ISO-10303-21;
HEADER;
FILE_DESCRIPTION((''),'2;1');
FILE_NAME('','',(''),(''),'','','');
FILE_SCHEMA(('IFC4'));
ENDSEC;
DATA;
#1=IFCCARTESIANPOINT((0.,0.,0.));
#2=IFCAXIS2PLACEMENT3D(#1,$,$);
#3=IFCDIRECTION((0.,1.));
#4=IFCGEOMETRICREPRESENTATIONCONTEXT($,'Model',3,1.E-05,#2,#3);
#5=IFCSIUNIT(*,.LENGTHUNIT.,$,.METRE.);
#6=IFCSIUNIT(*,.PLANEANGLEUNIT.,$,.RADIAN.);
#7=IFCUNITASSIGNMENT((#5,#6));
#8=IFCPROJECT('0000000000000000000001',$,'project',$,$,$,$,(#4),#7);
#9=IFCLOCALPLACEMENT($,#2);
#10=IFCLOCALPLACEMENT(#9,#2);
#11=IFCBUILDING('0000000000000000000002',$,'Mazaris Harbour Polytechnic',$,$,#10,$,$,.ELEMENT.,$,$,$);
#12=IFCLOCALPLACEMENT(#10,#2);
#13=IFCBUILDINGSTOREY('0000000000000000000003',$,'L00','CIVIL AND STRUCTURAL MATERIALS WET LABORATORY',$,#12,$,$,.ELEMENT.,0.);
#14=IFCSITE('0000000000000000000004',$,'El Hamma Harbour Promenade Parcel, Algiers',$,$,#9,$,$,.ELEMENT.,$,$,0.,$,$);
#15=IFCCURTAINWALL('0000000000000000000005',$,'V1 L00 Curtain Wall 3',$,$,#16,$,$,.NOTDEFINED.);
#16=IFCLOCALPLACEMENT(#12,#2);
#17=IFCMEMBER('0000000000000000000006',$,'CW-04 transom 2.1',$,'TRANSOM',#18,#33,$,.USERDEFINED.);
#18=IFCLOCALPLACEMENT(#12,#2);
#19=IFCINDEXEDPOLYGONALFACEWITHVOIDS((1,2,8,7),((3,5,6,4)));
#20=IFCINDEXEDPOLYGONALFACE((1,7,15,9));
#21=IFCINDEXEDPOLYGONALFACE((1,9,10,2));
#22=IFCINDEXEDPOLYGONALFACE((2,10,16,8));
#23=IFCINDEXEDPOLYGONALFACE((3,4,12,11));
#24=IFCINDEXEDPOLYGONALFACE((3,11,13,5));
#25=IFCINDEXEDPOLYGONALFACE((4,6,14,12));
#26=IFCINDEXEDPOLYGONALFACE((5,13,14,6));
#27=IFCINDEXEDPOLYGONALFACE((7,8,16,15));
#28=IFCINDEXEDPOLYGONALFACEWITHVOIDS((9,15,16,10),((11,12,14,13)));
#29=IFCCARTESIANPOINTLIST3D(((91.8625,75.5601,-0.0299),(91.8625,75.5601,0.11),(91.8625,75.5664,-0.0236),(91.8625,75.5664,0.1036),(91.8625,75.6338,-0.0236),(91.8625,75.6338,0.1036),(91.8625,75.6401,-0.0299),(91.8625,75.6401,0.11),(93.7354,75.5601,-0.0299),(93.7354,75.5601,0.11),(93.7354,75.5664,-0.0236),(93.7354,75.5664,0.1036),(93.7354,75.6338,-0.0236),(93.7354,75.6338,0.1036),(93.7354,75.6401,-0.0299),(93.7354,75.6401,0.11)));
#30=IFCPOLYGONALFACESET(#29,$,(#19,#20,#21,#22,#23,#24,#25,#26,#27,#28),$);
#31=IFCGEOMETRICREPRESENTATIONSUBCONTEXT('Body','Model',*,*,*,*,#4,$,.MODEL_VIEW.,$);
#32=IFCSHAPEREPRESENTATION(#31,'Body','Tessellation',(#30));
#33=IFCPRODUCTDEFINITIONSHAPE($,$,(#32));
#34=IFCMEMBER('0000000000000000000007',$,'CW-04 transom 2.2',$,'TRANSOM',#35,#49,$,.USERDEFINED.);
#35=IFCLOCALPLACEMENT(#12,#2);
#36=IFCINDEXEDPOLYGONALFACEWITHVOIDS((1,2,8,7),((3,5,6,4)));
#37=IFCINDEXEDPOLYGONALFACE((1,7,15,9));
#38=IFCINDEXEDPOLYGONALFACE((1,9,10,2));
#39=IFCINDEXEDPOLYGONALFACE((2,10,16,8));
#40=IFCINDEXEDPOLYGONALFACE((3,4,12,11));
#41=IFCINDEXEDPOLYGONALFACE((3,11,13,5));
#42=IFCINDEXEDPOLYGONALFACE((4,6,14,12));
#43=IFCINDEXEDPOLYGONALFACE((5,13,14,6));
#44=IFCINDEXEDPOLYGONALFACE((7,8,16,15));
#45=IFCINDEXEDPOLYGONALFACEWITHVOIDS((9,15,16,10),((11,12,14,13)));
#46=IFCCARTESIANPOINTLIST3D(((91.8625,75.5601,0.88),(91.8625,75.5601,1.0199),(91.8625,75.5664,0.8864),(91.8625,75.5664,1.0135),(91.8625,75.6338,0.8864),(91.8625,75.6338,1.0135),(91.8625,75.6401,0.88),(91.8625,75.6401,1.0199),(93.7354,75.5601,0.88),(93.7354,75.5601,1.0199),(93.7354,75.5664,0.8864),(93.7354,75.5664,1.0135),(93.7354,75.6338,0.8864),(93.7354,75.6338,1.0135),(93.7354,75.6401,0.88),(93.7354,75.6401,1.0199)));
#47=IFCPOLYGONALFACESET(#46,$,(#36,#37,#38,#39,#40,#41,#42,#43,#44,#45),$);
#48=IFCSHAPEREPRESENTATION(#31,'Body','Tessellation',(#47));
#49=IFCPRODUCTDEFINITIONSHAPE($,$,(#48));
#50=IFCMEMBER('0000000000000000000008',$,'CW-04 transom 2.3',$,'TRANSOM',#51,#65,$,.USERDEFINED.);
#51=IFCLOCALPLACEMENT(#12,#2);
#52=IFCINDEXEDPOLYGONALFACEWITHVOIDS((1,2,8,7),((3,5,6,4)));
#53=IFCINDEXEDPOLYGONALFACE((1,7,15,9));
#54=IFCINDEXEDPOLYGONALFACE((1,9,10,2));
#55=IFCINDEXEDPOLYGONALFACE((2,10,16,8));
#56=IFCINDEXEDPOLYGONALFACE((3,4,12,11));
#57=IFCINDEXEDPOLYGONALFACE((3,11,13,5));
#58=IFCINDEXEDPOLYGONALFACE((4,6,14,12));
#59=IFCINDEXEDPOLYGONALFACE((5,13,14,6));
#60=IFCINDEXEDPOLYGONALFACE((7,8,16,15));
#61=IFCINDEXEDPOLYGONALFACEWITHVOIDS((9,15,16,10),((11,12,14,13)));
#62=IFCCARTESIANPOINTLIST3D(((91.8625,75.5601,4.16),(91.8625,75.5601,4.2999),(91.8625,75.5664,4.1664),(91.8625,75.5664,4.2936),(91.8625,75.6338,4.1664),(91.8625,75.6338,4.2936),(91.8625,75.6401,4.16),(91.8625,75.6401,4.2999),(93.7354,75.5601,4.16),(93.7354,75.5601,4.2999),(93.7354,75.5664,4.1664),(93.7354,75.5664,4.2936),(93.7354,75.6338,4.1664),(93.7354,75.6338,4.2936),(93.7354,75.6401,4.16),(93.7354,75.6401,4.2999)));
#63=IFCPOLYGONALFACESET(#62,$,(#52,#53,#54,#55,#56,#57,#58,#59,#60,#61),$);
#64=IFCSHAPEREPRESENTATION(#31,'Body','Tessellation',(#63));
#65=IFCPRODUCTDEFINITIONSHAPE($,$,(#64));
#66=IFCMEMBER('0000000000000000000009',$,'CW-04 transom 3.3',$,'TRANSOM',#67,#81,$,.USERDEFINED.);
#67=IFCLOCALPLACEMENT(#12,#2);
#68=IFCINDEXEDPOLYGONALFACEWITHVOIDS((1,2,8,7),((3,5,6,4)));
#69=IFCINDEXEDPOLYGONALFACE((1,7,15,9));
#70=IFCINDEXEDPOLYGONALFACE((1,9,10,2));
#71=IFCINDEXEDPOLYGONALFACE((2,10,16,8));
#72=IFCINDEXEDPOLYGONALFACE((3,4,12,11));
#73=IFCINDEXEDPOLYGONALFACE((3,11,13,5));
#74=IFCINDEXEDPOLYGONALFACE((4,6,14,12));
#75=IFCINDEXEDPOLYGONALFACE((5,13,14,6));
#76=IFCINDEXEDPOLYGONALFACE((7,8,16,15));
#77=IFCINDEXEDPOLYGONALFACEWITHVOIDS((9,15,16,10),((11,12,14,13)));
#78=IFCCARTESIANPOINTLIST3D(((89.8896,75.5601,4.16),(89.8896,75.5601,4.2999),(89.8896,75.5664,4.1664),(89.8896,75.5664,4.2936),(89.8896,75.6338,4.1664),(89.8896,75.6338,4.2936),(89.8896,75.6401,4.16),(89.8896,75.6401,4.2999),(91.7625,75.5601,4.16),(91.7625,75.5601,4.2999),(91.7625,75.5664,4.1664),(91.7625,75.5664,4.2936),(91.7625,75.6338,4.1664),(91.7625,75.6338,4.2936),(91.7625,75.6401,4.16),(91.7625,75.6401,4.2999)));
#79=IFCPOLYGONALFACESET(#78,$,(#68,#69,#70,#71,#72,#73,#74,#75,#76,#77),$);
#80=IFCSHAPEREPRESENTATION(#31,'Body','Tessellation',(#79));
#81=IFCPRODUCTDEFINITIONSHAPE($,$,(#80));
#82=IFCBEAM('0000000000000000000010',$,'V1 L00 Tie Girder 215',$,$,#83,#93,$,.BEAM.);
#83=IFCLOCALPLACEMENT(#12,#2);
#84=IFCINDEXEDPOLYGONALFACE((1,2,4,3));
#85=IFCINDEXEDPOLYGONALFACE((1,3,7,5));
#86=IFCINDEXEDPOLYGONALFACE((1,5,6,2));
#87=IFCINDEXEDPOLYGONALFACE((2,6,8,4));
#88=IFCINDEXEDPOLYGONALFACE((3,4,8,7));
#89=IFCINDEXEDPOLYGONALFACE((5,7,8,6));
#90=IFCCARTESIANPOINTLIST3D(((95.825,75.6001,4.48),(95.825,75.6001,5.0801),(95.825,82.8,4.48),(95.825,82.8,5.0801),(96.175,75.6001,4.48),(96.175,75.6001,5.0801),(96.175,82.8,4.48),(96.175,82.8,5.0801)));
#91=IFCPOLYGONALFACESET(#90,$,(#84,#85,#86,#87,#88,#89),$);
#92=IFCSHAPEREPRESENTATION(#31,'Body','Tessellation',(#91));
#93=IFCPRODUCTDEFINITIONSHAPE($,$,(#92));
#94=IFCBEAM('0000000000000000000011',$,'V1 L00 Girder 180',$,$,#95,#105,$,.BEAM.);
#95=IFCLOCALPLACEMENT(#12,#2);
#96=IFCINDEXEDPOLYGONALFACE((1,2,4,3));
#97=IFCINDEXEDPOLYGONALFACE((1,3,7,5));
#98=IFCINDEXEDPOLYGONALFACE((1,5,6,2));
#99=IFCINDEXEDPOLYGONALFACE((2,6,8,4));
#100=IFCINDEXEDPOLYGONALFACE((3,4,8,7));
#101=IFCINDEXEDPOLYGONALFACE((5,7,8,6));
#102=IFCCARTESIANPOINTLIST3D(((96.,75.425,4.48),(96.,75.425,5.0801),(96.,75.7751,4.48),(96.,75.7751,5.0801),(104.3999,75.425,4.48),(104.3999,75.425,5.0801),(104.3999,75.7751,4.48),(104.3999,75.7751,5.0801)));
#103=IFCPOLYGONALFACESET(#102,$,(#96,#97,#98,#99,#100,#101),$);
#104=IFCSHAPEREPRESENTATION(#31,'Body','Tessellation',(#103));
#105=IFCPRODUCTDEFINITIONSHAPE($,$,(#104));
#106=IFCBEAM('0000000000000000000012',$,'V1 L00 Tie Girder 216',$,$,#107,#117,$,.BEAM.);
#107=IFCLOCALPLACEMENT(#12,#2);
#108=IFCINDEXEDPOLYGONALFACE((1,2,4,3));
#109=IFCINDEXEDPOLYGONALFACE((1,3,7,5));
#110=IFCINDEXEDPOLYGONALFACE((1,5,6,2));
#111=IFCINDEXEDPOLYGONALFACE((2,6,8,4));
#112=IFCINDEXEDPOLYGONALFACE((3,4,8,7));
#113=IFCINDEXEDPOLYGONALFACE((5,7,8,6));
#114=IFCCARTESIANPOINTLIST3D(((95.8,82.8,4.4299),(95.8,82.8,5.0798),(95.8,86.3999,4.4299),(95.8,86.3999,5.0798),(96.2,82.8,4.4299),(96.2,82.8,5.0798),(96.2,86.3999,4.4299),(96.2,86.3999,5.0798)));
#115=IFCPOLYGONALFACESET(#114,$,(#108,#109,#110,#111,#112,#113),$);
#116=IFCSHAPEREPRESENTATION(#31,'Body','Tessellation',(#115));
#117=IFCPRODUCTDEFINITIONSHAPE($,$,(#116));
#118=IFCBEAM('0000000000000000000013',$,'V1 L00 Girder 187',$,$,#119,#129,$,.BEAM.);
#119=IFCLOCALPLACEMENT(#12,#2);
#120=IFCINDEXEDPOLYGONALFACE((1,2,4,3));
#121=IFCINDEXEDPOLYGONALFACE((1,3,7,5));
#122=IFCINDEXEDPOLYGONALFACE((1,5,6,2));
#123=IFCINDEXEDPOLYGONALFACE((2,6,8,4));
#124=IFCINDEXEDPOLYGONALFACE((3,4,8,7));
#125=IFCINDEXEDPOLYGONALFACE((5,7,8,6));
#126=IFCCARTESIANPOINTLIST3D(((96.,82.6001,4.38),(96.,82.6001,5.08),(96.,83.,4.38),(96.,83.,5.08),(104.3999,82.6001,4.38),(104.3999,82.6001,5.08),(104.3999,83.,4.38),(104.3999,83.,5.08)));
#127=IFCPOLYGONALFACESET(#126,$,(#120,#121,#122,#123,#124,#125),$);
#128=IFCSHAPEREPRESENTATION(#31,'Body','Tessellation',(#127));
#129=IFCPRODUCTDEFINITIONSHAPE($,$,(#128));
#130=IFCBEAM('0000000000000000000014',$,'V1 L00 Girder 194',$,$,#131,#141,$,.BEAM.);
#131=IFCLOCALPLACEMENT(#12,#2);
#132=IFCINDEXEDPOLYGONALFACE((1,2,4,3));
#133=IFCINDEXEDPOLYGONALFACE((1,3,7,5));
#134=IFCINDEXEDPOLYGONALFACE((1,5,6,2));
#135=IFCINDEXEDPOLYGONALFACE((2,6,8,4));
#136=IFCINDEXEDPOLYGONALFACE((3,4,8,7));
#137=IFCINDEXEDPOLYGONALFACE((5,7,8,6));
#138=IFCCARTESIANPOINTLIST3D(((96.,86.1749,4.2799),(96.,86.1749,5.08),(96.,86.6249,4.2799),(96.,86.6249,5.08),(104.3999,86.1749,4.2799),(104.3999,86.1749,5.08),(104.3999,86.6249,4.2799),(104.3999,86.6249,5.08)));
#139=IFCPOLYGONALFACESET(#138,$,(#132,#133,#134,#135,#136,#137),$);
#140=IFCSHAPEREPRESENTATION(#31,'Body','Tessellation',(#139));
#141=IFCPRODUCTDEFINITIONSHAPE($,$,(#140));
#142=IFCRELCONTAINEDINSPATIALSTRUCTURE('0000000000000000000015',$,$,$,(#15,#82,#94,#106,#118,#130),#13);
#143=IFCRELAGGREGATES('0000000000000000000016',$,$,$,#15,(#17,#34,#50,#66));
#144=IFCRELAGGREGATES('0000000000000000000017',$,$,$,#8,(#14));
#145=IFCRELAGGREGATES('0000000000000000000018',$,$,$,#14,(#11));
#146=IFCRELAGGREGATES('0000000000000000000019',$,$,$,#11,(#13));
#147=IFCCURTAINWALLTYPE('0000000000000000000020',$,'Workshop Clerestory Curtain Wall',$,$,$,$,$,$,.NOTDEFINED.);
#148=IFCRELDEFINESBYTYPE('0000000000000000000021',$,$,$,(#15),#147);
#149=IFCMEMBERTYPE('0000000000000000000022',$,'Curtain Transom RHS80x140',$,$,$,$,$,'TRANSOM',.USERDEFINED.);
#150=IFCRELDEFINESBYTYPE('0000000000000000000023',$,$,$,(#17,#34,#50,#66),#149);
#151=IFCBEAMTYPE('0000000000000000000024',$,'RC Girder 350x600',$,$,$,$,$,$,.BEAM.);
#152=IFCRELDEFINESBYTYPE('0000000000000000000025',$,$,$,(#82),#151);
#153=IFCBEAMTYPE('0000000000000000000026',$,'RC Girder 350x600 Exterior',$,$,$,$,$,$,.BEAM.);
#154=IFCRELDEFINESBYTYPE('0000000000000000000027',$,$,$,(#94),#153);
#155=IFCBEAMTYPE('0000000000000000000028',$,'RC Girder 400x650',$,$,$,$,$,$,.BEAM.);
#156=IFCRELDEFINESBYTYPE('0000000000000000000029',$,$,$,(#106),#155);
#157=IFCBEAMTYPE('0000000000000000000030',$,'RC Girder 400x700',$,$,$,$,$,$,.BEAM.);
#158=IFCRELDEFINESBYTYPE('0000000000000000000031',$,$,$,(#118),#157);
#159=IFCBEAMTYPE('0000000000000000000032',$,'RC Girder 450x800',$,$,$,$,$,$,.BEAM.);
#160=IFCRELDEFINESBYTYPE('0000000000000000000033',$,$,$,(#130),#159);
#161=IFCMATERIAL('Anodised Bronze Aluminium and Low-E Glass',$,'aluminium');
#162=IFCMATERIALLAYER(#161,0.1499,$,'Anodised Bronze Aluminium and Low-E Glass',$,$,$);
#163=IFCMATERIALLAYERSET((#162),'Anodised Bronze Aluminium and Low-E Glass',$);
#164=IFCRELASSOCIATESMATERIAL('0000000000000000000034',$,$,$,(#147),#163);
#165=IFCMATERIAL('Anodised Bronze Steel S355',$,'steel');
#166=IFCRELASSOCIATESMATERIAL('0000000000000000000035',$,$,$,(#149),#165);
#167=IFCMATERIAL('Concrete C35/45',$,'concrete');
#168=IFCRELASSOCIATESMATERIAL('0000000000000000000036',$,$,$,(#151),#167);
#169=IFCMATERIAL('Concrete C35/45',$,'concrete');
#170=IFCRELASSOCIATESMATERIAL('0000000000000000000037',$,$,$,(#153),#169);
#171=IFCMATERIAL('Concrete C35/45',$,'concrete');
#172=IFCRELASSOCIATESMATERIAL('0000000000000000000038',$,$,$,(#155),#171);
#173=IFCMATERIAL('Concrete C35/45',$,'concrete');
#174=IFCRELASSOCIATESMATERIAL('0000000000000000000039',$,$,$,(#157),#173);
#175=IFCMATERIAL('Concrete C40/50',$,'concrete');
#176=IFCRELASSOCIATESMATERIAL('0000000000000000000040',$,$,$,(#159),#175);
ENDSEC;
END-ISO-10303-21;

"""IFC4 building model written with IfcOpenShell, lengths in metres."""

from ifc_helpers import new_model, si_unit, direction, frame, origin, origin_2d, place, context, subcontext, project, spatial, rectangle, hollow_rectangle, extrude, material, layer, layer_set, material_profile, profile_set, type_object, element, aggregate, save


model = new_model("IFC4")

# Units and contexts
model_context = context("Model", 3, precision=1e-05, world=origin(), true_north=direction((0.0, 1.0)))
body_context = subcontext(model_context, "Body", "Model", "MODEL_VIEW")
ifc_project = project(units=[si_unit("LENGTHUNIT", "METRE"), si_unit("PLANEANGLEUNIT", "RADIAN")], contexts=[model_context])

# Site, building, storey
site_placement = place(None, origin())
site = spatial("IfcSite", under=ifc_project, at=site_placement, Name="El Hamma Harbour Promenade Parcel, Algiers", CompositionType="ELEMENT", RefElevation=0.0)
building_placement = place(site_placement, origin())
building = spatial("IfcBuilding", under=site, at=building_placement, Name="Mazaris Harbour Polytechnic", CompositionType="ELEMENT")
storey_placement = place(building_placement, origin())
storey = spatial("IfcBuildingStorey", under=building, at=storey_placement, Name="L00", Description="CIVIL AND STRUCTURAL MATERIALS WET LABORATORY", CompositionType="ELEMENT", Elevation=0.0)

# Curtain wall, members
ifc_material_1 = material(Name="Anodised Bronze Aluminium and Low-E Glass", Category="aluminium")
ifc_layer_1 = layer(ifc_material_1, 0.1499, Name="Anodised Bronze Aluminium and Low-E Glass")
ifc_layer_set_1 = layer_set([ifc_layer_1], Name="Anodised Bronze Aluminium and Low-E Glass")
curtain_wall_type = type_object("IfcCurtainWallType", Name="Workshop Clerestory Curtain Wall", PredefinedType="NOTDEFINED", material=ifc_layer_set_1)
curtain_wall_placement = place(storey_placement, origin())
curtain_wall = element("IfcCurtainWall", 1, at=curtain_wall_placement, inside=storey, type_object=curtain_wall_type, Name="V1 L00 Curtain Wall 3", PredefinedType="NOTDEFINED")
ifc_material_2 = material(Name="Anodised Bronze Steel S355", Category="steel")
ifc_material_profile_1 = material_profile(ifc_material_2, hollow_rectangle(XDim=0.0801, YDim=0.1399, WallThickness=0.0063, at=origin_2d()), Name="RHS 80x140x6.3")
ifc_profile_set_1 = profile_set([ifc_material_profile_1], Name="Anodised Bronze Steel S355")
member_type_1 = type_object("IfcMemberType", Name="Curtain Transom RHS80x140", ElementType="TRANSOM", PredefinedType="USERDEFINED", material=ifc_profile_set_1)
member_1_placement = place(storey_placement, frame((93.7354, 75.6001, 0.04), z_axis=(-1.0, 0.0, 0.0), x_axis=(0.0, -1.0, 0.0)))
member_1 = element("IfcMember", 2, at=member_1_placement, type_object=member_type_1, Name="CW-04 transom 2.1", ObjectType="TRANSOM", PredefinedType="USERDEFINED", context=body_context, shape_type="SweptSolid", body=[
    extrude(hollow_rectangle(XDim=0.0801, YDim=0.1399, WallThickness=0.0063, at=origin_2d()), origin(), (0.0, 0.0, 1.0), 1.8728),
])
member_2_placement = place(storey_placement, frame((93.7354, 75.6001, 0.95), z_axis=(-1.0, 0.0, 0.0), x_axis=(0.0, -1.0, 0.0)))
member_2 = element("IfcMember", 3, at=member_2_placement, type_object=member_type_1, Name="CW-04 transom 2.2", ObjectType="TRANSOM", PredefinedType="USERDEFINED", context=body_context, shape_type="SweptSolid", body=[
    extrude(hollow_rectangle(XDim=0.0801, YDim=0.1399, WallThickness=0.0063, at=origin_2d()), origin(), (0.0, 0.0, 1.0), 1.8728),
])
member_3_placement = place(storey_placement, frame((93.7354, 75.6001, 4.23), z_axis=(-1.0, 0.0, 0.0), x_axis=(0.0, -1.0, 0.0)))
member_3 = element("IfcMember", 4, at=member_3_placement, type_object=member_type_1, Name="CW-04 transom 2.3", ObjectType="TRANSOM", PredefinedType="USERDEFINED", context=body_context, shape_type="SweptSolid", body=[
    extrude(hollow_rectangle(XDim=0.0801, YDim=0.1399, WallThickness=0.0063, at=origin_2d()), origin(), (0.0, 0.0, 1.0), 1.8728),
])
member_4_placement = place(storey_placement, frame((91.7625, 75.6001, 4.23), z_axis=(-1.0, 0.0, 0.0), x_axis=(0.0, -1.0, 0.0)))
member_4 = element("IfcMember", 5, at=member_4_placement, type_object=member_type_1, Name="CW-04 transom 3.3", ObjectType="TRANSOM", PredefinedType="USERDEFINED", context=body_context, shape_type="SweptSolid", body=[
    extrude(hollow_rectangle(XDim=0.0801, YDim=0.1399, WallThickness=0.0063, at=origin_2d()), origin(), (0.0, 0.0, 1.0), 1.8728),
])

# Beams
ifc_material_3 = material(Name="Concrete C35/45", Category="concrete")
ifc_material_profile_2 = material_profile(ifc_material_3, rectangle(XDim=0.3501, YDim=0.6001, at=origin_2d()), Name="RECT350x600")
ifc_profile_set_2 = profile_set([ifc_material_profile_2], Name="Concrete C35/45")
beam_type_1 = type_object("IfcBeamType", Name="RC Girder 350x600", PredefinedType="BEAM", material=ifc_profile_set_2)
beam_1_placement = place(storey_placement, frame((96.0, 75.6001, 4.78), z_axis=(0.0, 1.0, 0.0), x_axis=(-1.0, 0.0, 0.0)))
element("IfcBeam", 6, at=beam_1_placement, inside=storey, type_object=beam_type_1, Name="V1 L00 Tie Girder 215", PredefinedType="BEAM", context=body_context, shape_type="SweptSolid", body=[
    extrude(rectangle(XDim=0.3501, YDim=0.6001, at=origin_2d()), origin(), (0.0, 0.0, 1.0), 7.2),
])
ifc_material_4 = material(Name="Concrete C35/45", Category="concrete")
ifc_material_profile_3 = material_profile(ifc_material_4, rectangle(XDim=0.3501, YDim=0.6001, at=origin_2d()), Name="RECT350x600")
ifc_profile_set_3 = profile_set([ifc_material_profile_3], Name="Concrete C35/45")
beam_type_2 = type_object("IfcBeamType", Name="RC Girder 350x600 Exterior", PredefinedType="BEAM", material=ifc_profile_set_3)
beam_2_placement = place(storey_placement, frame((96.0, 75.6001, 4.78), z_axis=(1.0, 0.0, 0.0), x_axis=(0.0, 1.0, 0.0)))
element("IfcBeam", 7, at=beam_2_placement, inside=storey, type_object=beam_type_2, Name="V1 L00 Girder 180", PredefinedType="BEAM", context=body_context, shape_type="SweptSolid", body=[
    extrude(rectangle(XDim=0.3501, YDim=0.6001, at=origin_2d()), origin(), (0.0, 0.0, 1.0), 8.3999),
])
ifc_material_5 = material(Name="Concrete C35/45", Category="concrete")
ifc_material_profile_4 = material_profile(ifc_material_5, rectangle(XDim=0.3999, YDim=0.6499, at=origin_2d()), Name="RECT400x650")
ifc_profile_set_4 = profile_set([ifc_material_profile_4], Name="Concrete C35/45")
beam_type_3 = type_object("IfcBeamType", Name="RC Girder 400x650", PredefinedType="BEAM", material=ifc_profile_set_4)
beam_3_placement = place(storey_placement, frame((96.0, 82.8, 4.7549), z_axis=(0.0, 1.0, 0.0), x_axis=(-1.0, 0.0, 0.0)))
element("IfcBeam", 8, at=beam_3_placement, inside=storey, type_object=beam_type_3, Name="V1 L00 Tie Girder 216", PredefinedType="BEAM", context=body_context, shape_type="SweptSolid", body=[
    extrude(rectangle(XDim=0.3999, YDim=0.6499, at=origin_2d()), origin(), (0.0, 0.0, 1.0), 3.5999),
])
ifc_material_6 = material(Name="Concrete C35/45", Category="concrete")
ifc_material_profile_5 = material_profile(ifc_material_6, rectangle(XDim=0.3999, YDim=0.7, at=origin_2d()), Name="RECT400x700")
ifc_profile_set_5 = profile_set([ifc_material_profile_5], Name="Concrete C35/45")
beam_type_4 = type_object("IfcBeamType", Name="RC Girder 400x700", PredefinedType="BEAM", material=ifc_profile_set_5)
beam_4_placement = place(storey_placement, frame((96.0, 82.8, 4.73), z_axis=(1.0, 0.0, 0.0), x_axis=(0.0, 1.0, 0.0)))
element("IfcBeam", 9, at=beam_4_placement, inside=storey, type_object=beam_type_4, Name="V1 L00 Girder 187", PredefinedType="BEAM", context=body_context, shape_type="SweptSolid", body=[
    extrude(rectangle(XDim=0.3999, YDim=0.7, at=origin_2d()), origin(), (0.0, 0.0, 1.0), 8.3999),
])
ifc_material_7 = material(Name="Concrete C40/50", Category="concrete")
ifc_material_profile_6 = material_profile(ifc_material_7, rectangle(XDim=0.45, YDim=0.8, at=origin_2d()), Name="RECT450x800")
ifc_profile_set_6 = profile_set([ifc_material_profile_6], Name="Concrete C40/50")
beam_type_5 = type_object("IfcBeamType", Name="RC Girder 450x800", PredefinedType="BEAM", material=ifc_profile_set_6)
beam_5_placement = place(storey_placement, frame((96.0, 86.3999, 4.6799), z_axis=(1.0, 0.0, 0.0), x_axis=(0.0, 1.0, 0.0)))
element("IfcBeam", 10, at=beam_5_placement, inside=storey, type_object=beam_type_5, Name="V1 L00 Girder 194", PredefinedType="BEAM", context=body_context, shape_type="SweptSolid", body=[
    extrude(rectangle(XDim=0.45, YDim=0.8, at=origin_2d()), origin(), (0.0, 0.0, 1.0), 8.3999),
])

aggregate(curtain_wall, [member_1, member_2, member_3, member_4])

save(model, "model.ifc")
